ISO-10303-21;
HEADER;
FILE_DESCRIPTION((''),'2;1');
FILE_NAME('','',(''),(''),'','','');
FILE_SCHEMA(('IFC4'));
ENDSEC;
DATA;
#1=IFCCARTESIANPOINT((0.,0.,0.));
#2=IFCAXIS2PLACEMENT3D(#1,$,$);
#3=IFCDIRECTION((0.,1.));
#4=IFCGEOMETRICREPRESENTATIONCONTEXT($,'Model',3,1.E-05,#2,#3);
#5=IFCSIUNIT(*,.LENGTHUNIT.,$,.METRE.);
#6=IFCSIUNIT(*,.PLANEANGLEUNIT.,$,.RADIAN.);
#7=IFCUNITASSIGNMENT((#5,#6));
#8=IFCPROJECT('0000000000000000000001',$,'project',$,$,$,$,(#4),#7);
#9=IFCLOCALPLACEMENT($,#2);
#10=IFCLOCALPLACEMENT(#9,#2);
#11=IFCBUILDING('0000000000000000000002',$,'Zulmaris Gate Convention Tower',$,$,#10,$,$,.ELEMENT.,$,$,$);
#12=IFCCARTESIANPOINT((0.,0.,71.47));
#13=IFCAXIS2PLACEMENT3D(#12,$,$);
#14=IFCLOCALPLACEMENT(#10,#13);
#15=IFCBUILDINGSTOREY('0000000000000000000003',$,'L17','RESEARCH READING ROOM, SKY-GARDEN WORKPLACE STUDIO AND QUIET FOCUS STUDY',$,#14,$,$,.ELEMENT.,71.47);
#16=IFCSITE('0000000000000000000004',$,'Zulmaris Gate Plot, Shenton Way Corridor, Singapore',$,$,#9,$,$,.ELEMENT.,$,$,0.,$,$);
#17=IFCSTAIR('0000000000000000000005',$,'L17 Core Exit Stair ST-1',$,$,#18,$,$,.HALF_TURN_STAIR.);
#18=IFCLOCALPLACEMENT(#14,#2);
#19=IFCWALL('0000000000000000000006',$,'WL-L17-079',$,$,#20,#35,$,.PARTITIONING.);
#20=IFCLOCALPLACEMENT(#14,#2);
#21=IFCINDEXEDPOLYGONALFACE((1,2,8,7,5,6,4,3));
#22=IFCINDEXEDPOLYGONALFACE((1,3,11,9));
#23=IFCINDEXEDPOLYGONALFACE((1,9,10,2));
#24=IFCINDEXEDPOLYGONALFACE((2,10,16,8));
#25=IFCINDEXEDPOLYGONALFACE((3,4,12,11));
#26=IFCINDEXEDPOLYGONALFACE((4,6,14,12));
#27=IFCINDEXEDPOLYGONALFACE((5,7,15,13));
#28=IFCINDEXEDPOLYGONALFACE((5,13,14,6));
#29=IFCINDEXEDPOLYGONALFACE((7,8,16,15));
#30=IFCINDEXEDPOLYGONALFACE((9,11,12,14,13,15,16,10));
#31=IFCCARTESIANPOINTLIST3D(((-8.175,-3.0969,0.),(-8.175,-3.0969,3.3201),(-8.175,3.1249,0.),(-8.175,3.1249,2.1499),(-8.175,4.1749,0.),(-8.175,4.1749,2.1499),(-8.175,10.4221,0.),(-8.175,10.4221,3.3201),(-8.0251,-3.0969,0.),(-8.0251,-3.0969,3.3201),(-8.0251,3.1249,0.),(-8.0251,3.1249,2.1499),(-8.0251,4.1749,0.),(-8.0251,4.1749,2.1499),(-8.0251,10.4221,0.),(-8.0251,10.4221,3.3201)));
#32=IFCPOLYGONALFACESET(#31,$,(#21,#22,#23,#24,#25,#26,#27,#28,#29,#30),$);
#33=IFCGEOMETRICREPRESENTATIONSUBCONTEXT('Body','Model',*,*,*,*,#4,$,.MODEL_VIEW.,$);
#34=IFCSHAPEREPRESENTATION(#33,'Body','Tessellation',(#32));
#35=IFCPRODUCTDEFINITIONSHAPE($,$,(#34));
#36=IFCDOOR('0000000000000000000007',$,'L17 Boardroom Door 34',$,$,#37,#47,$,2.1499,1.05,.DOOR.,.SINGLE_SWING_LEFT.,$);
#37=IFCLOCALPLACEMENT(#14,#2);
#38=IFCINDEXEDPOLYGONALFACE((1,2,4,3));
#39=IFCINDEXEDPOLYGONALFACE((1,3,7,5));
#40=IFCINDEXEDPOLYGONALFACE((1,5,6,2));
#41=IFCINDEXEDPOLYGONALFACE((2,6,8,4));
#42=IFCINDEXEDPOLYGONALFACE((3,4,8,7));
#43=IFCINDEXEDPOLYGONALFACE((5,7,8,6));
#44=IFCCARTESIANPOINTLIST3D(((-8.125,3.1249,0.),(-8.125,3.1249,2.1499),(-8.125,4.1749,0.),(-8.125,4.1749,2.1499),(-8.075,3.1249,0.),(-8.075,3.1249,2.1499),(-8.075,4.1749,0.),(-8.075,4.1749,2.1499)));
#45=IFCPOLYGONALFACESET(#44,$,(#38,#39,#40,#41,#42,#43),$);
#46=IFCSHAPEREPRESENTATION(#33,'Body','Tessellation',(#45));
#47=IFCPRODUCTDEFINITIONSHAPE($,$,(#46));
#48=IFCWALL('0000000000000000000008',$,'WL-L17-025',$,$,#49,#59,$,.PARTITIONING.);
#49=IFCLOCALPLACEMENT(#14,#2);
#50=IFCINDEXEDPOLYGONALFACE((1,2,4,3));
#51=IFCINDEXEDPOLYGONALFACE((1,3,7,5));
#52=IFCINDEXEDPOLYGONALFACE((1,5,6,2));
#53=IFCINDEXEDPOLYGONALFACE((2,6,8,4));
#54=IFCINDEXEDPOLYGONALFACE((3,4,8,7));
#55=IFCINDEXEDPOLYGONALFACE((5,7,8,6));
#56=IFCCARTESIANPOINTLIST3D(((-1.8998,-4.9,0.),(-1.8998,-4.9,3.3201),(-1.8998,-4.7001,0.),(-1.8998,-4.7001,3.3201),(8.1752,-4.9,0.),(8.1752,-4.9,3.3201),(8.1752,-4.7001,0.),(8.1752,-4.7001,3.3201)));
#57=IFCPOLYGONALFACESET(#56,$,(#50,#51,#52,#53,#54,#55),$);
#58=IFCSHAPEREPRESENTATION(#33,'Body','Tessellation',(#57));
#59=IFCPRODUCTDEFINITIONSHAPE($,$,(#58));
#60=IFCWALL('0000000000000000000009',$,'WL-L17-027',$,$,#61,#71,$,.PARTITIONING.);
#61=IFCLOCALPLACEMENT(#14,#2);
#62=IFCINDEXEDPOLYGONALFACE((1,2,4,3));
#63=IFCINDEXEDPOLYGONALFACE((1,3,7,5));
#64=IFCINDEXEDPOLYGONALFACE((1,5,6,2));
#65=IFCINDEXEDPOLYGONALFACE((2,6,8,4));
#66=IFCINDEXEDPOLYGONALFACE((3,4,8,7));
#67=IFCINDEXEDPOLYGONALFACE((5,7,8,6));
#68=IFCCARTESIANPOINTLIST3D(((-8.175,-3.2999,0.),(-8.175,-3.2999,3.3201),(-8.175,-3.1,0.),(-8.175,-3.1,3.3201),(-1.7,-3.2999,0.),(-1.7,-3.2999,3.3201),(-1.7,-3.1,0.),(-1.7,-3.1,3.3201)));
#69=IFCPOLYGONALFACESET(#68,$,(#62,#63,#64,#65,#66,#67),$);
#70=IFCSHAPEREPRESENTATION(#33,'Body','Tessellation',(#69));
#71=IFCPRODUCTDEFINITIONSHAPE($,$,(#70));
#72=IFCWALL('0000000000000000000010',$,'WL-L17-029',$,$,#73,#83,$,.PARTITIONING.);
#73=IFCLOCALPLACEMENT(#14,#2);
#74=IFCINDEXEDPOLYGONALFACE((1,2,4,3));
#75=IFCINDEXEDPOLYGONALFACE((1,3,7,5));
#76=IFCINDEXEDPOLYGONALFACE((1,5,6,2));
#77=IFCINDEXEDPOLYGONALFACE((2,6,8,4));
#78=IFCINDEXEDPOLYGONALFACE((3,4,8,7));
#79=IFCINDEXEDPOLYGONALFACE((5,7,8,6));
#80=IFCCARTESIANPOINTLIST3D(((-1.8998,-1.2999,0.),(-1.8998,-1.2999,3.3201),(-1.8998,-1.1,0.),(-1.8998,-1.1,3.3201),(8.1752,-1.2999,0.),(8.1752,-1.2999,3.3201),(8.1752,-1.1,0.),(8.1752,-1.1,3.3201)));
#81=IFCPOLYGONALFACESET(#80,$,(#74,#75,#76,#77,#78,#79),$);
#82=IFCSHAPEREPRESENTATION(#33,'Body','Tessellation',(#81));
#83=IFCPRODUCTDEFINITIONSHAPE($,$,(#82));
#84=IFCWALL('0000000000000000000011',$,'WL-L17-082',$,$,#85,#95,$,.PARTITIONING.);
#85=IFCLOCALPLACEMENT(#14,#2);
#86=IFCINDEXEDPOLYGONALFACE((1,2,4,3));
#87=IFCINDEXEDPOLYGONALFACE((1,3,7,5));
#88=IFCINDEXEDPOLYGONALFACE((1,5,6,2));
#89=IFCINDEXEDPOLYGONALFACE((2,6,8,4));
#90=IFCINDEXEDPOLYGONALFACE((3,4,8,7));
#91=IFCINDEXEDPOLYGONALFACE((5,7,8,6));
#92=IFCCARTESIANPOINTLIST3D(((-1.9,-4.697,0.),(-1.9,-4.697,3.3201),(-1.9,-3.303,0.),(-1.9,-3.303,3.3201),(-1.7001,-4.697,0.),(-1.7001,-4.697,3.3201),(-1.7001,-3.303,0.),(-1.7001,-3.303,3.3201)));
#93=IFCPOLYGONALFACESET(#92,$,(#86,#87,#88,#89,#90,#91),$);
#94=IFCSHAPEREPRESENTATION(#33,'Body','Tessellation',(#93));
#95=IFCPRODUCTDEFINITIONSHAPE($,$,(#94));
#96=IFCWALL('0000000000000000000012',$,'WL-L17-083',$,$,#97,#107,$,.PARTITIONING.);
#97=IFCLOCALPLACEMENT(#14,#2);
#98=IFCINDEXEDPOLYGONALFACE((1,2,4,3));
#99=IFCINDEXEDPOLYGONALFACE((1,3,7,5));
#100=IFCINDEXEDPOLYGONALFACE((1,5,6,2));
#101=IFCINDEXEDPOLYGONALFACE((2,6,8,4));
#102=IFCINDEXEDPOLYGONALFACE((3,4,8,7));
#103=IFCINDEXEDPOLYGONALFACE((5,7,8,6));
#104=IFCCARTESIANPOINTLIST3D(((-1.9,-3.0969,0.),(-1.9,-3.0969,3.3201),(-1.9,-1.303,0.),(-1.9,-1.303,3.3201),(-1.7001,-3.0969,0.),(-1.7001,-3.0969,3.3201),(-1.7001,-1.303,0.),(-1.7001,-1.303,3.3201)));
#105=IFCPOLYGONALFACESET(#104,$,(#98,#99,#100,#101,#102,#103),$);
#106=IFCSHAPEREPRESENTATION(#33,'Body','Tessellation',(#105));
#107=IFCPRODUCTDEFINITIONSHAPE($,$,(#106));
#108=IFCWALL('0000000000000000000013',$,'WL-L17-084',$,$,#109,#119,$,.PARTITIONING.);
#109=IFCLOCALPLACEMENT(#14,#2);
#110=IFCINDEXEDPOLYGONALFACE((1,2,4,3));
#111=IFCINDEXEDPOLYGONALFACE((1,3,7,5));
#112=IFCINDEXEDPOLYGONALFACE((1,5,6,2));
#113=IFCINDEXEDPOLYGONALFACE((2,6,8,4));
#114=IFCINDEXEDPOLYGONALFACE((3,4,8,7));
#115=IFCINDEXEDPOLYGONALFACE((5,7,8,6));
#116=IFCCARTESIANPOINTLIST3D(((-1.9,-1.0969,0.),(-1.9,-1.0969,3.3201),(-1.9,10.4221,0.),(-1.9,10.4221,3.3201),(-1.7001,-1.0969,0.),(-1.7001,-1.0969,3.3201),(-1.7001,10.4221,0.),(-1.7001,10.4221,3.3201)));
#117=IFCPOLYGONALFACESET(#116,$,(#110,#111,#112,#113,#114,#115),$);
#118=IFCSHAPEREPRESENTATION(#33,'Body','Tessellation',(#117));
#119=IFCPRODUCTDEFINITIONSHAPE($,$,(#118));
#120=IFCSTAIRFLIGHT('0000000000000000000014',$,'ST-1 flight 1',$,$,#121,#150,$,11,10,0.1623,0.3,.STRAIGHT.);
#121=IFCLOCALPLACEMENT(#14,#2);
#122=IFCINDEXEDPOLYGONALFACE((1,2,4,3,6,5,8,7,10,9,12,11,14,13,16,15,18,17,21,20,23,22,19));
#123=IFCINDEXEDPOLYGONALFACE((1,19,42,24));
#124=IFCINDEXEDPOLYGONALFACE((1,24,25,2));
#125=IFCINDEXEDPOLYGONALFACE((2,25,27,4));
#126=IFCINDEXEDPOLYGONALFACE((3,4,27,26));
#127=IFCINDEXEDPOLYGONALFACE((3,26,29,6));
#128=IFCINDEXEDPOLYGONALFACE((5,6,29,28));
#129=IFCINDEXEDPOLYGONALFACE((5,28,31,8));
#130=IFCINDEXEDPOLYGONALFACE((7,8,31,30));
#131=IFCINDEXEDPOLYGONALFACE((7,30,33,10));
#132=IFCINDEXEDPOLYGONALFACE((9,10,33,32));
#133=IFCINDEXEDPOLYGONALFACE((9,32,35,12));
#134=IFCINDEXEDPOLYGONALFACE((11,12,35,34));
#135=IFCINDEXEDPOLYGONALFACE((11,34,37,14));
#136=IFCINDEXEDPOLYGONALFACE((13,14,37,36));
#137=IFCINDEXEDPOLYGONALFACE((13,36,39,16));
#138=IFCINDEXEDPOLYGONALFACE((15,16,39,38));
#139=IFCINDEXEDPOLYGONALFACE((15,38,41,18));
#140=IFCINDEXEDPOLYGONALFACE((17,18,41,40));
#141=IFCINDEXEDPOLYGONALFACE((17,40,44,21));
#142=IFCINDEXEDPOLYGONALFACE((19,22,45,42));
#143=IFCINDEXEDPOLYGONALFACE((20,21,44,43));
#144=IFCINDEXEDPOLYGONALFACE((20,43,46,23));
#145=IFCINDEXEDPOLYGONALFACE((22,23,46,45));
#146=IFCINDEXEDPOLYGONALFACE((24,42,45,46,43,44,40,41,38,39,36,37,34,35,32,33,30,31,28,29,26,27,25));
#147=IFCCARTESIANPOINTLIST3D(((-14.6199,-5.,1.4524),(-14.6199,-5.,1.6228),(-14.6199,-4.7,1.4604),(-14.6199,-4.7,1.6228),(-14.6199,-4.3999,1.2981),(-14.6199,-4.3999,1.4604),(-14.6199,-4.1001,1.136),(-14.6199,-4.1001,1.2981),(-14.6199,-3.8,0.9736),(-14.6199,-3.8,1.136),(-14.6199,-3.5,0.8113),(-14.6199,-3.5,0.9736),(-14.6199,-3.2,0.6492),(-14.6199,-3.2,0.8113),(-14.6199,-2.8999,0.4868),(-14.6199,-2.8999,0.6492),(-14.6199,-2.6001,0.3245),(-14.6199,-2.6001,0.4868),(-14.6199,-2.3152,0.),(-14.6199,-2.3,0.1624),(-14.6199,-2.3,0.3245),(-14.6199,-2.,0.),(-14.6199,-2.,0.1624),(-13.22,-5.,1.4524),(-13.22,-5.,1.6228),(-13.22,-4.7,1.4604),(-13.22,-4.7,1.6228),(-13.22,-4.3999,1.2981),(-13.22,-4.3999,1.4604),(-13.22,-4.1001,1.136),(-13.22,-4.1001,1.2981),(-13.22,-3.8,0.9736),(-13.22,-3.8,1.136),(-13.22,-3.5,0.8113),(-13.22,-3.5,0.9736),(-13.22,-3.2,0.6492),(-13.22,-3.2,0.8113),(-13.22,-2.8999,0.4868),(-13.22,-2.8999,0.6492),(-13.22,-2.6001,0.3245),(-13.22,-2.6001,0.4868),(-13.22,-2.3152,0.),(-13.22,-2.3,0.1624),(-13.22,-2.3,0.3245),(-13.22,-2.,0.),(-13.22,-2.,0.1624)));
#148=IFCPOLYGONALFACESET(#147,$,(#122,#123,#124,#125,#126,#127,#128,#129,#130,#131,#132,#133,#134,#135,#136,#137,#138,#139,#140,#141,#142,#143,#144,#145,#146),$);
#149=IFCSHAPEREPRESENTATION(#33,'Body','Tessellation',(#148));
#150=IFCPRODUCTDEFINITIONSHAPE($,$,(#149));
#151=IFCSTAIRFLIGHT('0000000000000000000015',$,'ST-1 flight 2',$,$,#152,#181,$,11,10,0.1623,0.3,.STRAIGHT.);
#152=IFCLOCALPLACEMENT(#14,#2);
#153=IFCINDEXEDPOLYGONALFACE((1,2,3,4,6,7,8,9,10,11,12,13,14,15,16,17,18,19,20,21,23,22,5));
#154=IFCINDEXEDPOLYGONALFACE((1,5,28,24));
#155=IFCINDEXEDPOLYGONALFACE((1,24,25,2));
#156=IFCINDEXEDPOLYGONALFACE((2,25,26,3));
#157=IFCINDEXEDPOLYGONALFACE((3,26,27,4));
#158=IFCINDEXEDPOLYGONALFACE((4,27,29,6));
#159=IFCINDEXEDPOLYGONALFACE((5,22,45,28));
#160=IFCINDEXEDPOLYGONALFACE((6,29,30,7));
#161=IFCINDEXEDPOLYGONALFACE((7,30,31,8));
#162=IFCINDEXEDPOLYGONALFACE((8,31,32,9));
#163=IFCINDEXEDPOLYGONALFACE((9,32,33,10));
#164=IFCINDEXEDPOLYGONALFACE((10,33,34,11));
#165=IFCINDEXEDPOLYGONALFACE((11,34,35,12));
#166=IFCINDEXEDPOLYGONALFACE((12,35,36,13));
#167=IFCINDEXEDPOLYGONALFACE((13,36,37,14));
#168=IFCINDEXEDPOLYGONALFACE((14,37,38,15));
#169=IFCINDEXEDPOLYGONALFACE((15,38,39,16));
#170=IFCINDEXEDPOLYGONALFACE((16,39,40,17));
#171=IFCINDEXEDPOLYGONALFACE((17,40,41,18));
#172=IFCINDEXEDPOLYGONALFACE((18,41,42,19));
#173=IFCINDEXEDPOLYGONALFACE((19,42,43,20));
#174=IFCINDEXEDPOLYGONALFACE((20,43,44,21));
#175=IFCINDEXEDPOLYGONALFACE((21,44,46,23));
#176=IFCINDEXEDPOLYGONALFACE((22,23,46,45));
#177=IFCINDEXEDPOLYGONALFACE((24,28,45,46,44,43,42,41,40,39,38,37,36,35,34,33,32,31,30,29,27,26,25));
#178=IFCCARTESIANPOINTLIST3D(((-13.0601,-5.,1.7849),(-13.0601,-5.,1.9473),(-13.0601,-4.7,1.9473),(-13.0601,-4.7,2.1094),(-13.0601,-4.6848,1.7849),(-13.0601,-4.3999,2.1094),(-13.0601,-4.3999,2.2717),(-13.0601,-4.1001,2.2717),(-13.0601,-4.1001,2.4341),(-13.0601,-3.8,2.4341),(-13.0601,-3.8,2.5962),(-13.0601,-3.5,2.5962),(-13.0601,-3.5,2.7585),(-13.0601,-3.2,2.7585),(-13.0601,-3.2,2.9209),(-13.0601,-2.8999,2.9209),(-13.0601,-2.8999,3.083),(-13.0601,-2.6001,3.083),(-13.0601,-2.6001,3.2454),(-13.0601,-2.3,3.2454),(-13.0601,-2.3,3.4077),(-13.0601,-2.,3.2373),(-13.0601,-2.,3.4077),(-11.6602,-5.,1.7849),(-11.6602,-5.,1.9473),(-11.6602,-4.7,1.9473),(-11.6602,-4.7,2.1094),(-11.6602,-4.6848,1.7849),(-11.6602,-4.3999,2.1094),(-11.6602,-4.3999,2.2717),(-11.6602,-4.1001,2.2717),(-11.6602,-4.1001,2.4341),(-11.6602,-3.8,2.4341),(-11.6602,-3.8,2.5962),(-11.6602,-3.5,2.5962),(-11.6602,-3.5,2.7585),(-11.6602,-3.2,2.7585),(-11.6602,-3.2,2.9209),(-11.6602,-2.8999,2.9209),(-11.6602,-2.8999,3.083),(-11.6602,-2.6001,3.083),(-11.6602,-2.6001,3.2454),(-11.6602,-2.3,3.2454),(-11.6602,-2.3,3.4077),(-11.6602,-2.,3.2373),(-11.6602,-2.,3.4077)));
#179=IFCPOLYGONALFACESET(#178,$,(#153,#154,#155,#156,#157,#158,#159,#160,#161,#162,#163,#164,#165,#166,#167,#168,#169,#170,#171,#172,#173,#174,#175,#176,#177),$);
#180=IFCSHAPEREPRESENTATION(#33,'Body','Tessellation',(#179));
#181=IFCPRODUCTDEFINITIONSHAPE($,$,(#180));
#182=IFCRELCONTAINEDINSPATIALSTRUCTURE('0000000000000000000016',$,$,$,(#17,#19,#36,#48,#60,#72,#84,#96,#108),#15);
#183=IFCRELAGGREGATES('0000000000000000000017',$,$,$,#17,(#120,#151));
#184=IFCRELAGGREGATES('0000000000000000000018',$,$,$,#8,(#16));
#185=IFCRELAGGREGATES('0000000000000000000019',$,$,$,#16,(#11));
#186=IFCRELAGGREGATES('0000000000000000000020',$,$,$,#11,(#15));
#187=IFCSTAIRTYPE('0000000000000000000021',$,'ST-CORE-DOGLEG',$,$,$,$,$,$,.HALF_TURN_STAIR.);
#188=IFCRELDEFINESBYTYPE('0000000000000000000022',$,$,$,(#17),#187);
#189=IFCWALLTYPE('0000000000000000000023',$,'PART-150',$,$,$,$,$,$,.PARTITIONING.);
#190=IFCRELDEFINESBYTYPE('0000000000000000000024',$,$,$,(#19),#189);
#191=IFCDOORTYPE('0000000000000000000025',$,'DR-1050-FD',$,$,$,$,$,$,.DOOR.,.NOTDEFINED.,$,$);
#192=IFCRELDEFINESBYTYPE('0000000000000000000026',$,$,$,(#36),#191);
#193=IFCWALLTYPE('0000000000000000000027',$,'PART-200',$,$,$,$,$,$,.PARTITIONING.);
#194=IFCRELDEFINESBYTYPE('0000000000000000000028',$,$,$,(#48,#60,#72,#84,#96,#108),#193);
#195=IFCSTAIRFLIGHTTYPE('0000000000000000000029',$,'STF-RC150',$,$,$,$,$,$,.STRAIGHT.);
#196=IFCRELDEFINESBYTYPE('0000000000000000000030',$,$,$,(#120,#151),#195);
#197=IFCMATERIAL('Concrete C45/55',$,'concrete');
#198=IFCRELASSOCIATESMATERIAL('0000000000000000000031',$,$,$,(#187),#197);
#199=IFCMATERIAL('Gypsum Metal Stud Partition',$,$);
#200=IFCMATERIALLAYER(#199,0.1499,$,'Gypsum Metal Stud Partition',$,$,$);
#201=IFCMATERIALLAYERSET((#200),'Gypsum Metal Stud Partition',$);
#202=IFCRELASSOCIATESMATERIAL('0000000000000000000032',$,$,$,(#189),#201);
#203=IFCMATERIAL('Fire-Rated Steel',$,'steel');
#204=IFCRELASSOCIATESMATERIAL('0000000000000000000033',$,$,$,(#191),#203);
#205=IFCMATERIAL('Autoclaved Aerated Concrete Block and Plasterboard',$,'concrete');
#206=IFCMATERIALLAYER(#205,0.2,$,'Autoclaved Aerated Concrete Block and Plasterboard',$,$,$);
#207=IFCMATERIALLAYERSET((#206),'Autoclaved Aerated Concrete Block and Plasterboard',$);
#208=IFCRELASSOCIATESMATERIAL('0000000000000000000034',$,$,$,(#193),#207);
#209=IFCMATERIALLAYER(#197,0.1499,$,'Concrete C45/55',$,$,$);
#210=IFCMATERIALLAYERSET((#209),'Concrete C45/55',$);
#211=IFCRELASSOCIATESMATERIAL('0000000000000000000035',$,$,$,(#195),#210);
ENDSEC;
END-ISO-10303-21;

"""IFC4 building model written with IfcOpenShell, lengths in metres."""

from ifc_helpers import new_model, si_unit, direction, frame, frame_2d, origin, place, context, subcontext, project, spatial, polyline, rectangle, outline, extrude, material, layer, layer_set, type_object, element, fill, aggregate, save


model = new_model("IFC4")

# Units and contexts
model_context = context("Model", 3, precision=1e-05, world=origin(), true_north=direction((0.0, 1.0)))
body_context = subcontext(model_context, "Body", "Model", "MODEL_VIEW")
ifc_project = project(units=[si_unit("LENGTHUNIT", "METRE"), si_unit("PLANEANGLEUNIT", "RADIAN")], contexts=[model_context])

# Site, building, storey
site_placement = place(None, origin())
site = spatial("IfcSite", under=ifc_project, at=site_placement, Name="Zulmaris Gate Plot, Shenton Way Corridor, Singapore", CompositionType="ELEMENT", RefElevation=0.0)
building_placement = place(site_placement, origin())
building = spatial("IfcBuilding", under=site, at=building_placement, Name="Zulmaris Gate Convention Tower", CompositionType="ELEMENT")
storey_placement = place(building_placement, frame((0.0, 0.0, 71.47)))
storey = spatial("IfcBuildingStorey", under=building, at=storey_placement, Name="L17", Description="RESEARCH READING ROOM, SKY-GARDEN WORKPLACE STUDIO AND QUIET FOCUS STUDY", CompositionType="ELEMENT", Elevation=71.47)

# Stair
ifc_material_1 = material(Name="Concrete C45/55", Category="concrete")
stair_type = type_object("IfcStairType", Name="ST-CORE-DOGLEG", PredefinedType="HALF_TURN_STAIR", material=ifc_material_1)
stair_1_placement = place(storey_placement, origin())
stair_1 = element("IfcStair", 1, at=stair_1_placement, inside=storey, type_object=stair_type, Name="L17 Core Exit Stair ST-1", PredefinedType="HALF_TURN_STAIR")

# Wall, opening, door
ifc_material_2 = material(Name="Gypsum Metal Stud Partition")
ifc_layer_1 = layer(ifc_material_2, 0.1499, Name="Gypsum Metal Stud Partition")
ifc_layer_set_1 = layer_set([ifc_layer_1], Name="Gypsum Metal Stud Partition")
wall_type_1 = type_object("IfcWallType", Name="PART-150", PredefinedType="PARTITIONING", material=ifc_layer_set_1)
wall_1_placement = place(storey_placement, frame((-8.1001, -3.0969, 0.0), z_axis=(0.0, 0.0, 1.0), x_axis=(0.0, 1.0, 0.0)))
wall_1 = element("IfcWall", 2, at=wall_1_placement, inside=storey, type_object=wall_type_1, Name="WL-L17-079", PredefinedType="PARTITIONING", context=body_context, shape_type="SweptSolid", body=[
    extrude(rectangle(XDim=13.519, YDim=0.1499, at=frame_2d((6.7595, 0.0))), origin(), (0.0, 0.0, 1.0), 3.3201),
])
opening_placement = place(wall_1_placement, frame((6.2219, 0.0, 0.0)))
opening = element("IfcOpeningElement", 3, at=opening_placement, cuts=wall_1, PredefinedType="OPENING", context=body_context, shape_type="SweptSolid", body=[
    extrude(rectangle(XDim=1.05, YDim=2.1499, at=frame_2d((0.5249, 1.075))), frame((0.0, 0.085, 0.0), z_axis=(0.0, -1.0, 0.0), x_axis=(1.0, 0.0, 0.0)), (0.0, 0.0, 1.0), 0.1699),
])
ifc_material_3 = material(Name="Fire-Rated Steel", Category="steel")
door_type = type_object("IfcDoorType", Name="DR-1050-FD", OperationType="NOTDEFINED", PredefinedType="DOOR", material=ifc_material_3)
door_placement = place(opening_placement, origin())
door = element("IfcDoor", 4, at=door_placement, inside=storey, type_object=door_type, Name="L17 Boardroom Door 34", OperationType="SINGLE_SWING_LEFT", OverallHeight=2.1499, OverallWidth=1.05, PredefinedType="DOOR", context=body_context, shape_type="SweptSolid", body=[
    extrude(rectangle(XDim=1.05, YDim=2.1499, at=frame_2d((0.5249, 1.075))), frame((0.0, 0.0249, 0.0), z_axis=(0.0, -1.0, 0.0), x_axis=(1.0, 0.0, 0.0)), (0.0, 0.0, 1.0), 0.05),
])
fill(opening, door)

# Walls
ifc_material_4 = material(Name="Autoclaved Aerated Concrete Block and Plasterboard", Category="concrete")
ifc_layer_2 = layer(ifc_material_4, 0.2, Name="Autoclaved Aerated Concrete Block and Plasterboard")
ifc_layer_set_2 = layer_set([ifc_layer_2], Name="Autoclaved Aerated Concrete Block and Plasterboard")
wall_type_2 = type_object("IfcWallType", Name="PART-200", PredefinedType="PARTITIONING", material=ifc_layer_set_2)
wall_2_placement = place(storey_placement, frame((-1.8999, -4.8, 0.0), z_axis=(0.0, 0.0, 1.0), x_axis=(1.0, 0.0, 0.0)))
element("IfcWall", 5, at=wall_2_placement, inside=storey, type_object=wall_type_2, Name="WL-L17-025", PredefinedType="PARTITIONING", context=body_context, shape_type="SweptSolid", body=[
    extrude(rectangle(XDim=10.075, YDim=0.2, at=frame_2d((5.0376, 0.0))), origin(), (0.0, 0.0, 1.0), 3.3201),
])
wall_3_placement = place(storey_placement, frame((-8.175, -3.2, 0.0), z_axis=(0.0, 0.0, 1.0), x_axis=(1.0, 0.0, 0.0)))
element("IfcWall", 6, at=wall_3_placement, inside=storey, type_object=wall_type_2, Name="WL-L17-027", PredefinedType="PARTITIONING", context=body_context, shape_type="SweptSolid", body=[
    extrude(rectangle(XDim=6.4751, YDim=0.2, at=frame_2d((3.2375, 0.0))), origin(), (0.0, 0.0, 1.0), 3.3201),
])
wall_4_placement = place(storey_placement, frame((-1.8999, -1.2, 0.0), z_axis=(0.0, 0.0, 1.0), x_axis=(1.0, 0.0, 0.0)))
element("IfcWall", 7, at=wall_4_placement, inside=storey, type_object=wall_type_2, Name="WL-L17-029", PredefinedType="PARTITIONING", context=body_context, shape_type="SweptSolid", body=[
    extrude(rectangle(XDim=10.075, YDim=0.2, at=frame_2d((5.0376, 0.0))), origin(), (0.0, 0.0, 1.0), 3.3201),
])
wall_5_placement = place(storey_placement, frame((-1.8, -4.697, 0.0), z_axis=(0.0, 0.0, 1.0), x_axis=(0.0, 1.0, 0.0)))
element("IfcWall", 8, at=wall_5_placement, inside=storey, type_object=wall_type_2, Name="WL-L17-082", PredefinedType="PARTITIONING", context=body_context, shape_type="SweptSolid", body=[
    extrude(rectangle(XDim=1.394, YDim=0.2, at=frame_2d((0.697, 0.0))), origin(), (0.0, 0.0, 1.0), 3.3201),
])
wall_6_placement = place(storey_placement, frame((-1.8, -3.0969, 0.0), z_axis=(0.0, 0.0, 1.0), x_axis=(0.0, 1.0, 0.0)))
element("IfcWall", 9, at=wall_6_placement, inside=storey, type_object=wall_type_2, Name="WL-L17-083", PredefinedType="PARTITIONING", context=body_context, shape_type="SweptSolid", body=[
    extrude(rectangle(XDim=1.7939, YDim=0.2, at=frame_2d((0.897, 0.0))), origin(), (0.0, 0.0, 1.0), 3.3201),
])
wall_7_placement = place(storey_placement, frame((-1.8, -1.0969, 0.0), z_axis=(0.0, 0.0, 1.0), x_axis=(0.0, 1.0, 0.0)))
element("IfcWall", 10, at=wall_7_placement, inside=storey, type_object=wall_type_2, Name="WL-L17-084", PredefinedType="PARTITIONING", context=body_context, shape_type="SweptSolid", body=[
    extrude(rectangle(XDim=11.519, YDim=0.2, at=frame_2d((5.7595, 0.0))), origin(), (0.0, 0.0, 1.0), 3.3201),
])

# Stair flights
ifc_layer_3 = layer(ifc_material_1, 0.1499, Name="Concrete C45/55")
ifc_layer_set_3 = layer_set([ifc_layer_3], Name="Concrete C45/55")
stair_flight_type = type_object("IfcStairFlightType", Name="STF-RC150", PredefinedType="STRAIGHT", material=ifc_layer_set_3)
stair_flight_1_placement = place(storey_placement, frame((-13.9199, -2.0, 0.0), z_axis=(0.0, 0.0, 1.0), x_axis=(0.0, -1.0, 0.0)))
stair_flight_1 = element("IfcStairFlight", 11, at=stair_flight_1_placement, type_object=stair_flight_type, Name="ST-1 flight 1", NumberOfRisers=11, NumberOfTreads=10, PredefinedType="STRAIGHT", RiserHeight=0.1623, TreadLength=0.3, context=body_context, shape_type="SweptSolid", body=[
    extrude(outline(polyline([(0.0, 0.0), (0.0, 0.1624), (0.3, 0.1624), (0.3, 0.3245), (0.6001, 0.3245), (0.6001, 0.4868), (0.8999, 0.4868), (0.8999, 0.6492), (1.2, 0.6492), (1.2, 0.8113), (1.5, 0.8113), (1.5, 0.9736), (1.8, 0.9736), (1.8, 1.136), (2.1001, 1.136), (2.1001, 1.2981), (2.3999, 1.2981), (2.3999, 1.4604), (2.7, 1.4604), (2.7, 1.6228), (3.0, 1.6228), (3.0, 1.7849), (3.0, 1.4524), (0.3152, 0.0), (0.0, 0.0)])), frame((0.0, 0.7, 0.0), z_axis=(0.0, -1.0, 0.0), x_axis=(1.0, 0.0, 0.0)), (0.0, 0.0, 1.0), 1.3999),
])
stair_flight_2_placement = place(storey_placement, frame((-12.3601, -5.0, 1.7849), z_axis=(0.0, 0.0, 1.0), x_axis=(0.0, 1.0, 0.0)))
stair_flight_2 = element("IfcStairFlight", 12, at=stair_flight_2_placement, type_object=stair_flight_type, Name="ST-1 flight 2", NumberOfRisers=11, NumberOfTreads=10, PredefinedType="STRAIGHT", RiserHeight=0.1623, TreadLength=0.3, context=body_context, shape_type="SweptSolid", body=[
    extrude(outline(polyline([(0.0, 0.0), (0.0, 0.1624), (0.3, 0.1624), (0.3, 0.3245), (0.6001, 0.3245), (0.6001, 0.4868), (0.8999, 0.4868), (0.8999, 0.6492), (1.2, 0.6492), (1.2, 0.8113), (1.5, 0.8113), (1.5, 0.9736), (1.8, 0.9736), (1.8, 1.136), (2.1001, 1.136), (2.1001, 1.2981), (2.3999, 1.2981), (2.3999, 1.4604), (2.7, 1.4604), (2.7, 1.6228), (3.0, 1.6228), (3.0, 1.7849), (3.0, 1.4524), (0.3152, 0.0), (0.0, 0.0)])), frame((0.0, 0.7, 0.0), z_axis=(0.0, -1.0, 0.0), x_axis=(1.0, 0.0, 0.0)), (0.0, 0.0, 1.0), 1.3999),
])
aggregate(stair_1, [stair_flight_1, stair_flight_2])

save(model, "model.ifc")
